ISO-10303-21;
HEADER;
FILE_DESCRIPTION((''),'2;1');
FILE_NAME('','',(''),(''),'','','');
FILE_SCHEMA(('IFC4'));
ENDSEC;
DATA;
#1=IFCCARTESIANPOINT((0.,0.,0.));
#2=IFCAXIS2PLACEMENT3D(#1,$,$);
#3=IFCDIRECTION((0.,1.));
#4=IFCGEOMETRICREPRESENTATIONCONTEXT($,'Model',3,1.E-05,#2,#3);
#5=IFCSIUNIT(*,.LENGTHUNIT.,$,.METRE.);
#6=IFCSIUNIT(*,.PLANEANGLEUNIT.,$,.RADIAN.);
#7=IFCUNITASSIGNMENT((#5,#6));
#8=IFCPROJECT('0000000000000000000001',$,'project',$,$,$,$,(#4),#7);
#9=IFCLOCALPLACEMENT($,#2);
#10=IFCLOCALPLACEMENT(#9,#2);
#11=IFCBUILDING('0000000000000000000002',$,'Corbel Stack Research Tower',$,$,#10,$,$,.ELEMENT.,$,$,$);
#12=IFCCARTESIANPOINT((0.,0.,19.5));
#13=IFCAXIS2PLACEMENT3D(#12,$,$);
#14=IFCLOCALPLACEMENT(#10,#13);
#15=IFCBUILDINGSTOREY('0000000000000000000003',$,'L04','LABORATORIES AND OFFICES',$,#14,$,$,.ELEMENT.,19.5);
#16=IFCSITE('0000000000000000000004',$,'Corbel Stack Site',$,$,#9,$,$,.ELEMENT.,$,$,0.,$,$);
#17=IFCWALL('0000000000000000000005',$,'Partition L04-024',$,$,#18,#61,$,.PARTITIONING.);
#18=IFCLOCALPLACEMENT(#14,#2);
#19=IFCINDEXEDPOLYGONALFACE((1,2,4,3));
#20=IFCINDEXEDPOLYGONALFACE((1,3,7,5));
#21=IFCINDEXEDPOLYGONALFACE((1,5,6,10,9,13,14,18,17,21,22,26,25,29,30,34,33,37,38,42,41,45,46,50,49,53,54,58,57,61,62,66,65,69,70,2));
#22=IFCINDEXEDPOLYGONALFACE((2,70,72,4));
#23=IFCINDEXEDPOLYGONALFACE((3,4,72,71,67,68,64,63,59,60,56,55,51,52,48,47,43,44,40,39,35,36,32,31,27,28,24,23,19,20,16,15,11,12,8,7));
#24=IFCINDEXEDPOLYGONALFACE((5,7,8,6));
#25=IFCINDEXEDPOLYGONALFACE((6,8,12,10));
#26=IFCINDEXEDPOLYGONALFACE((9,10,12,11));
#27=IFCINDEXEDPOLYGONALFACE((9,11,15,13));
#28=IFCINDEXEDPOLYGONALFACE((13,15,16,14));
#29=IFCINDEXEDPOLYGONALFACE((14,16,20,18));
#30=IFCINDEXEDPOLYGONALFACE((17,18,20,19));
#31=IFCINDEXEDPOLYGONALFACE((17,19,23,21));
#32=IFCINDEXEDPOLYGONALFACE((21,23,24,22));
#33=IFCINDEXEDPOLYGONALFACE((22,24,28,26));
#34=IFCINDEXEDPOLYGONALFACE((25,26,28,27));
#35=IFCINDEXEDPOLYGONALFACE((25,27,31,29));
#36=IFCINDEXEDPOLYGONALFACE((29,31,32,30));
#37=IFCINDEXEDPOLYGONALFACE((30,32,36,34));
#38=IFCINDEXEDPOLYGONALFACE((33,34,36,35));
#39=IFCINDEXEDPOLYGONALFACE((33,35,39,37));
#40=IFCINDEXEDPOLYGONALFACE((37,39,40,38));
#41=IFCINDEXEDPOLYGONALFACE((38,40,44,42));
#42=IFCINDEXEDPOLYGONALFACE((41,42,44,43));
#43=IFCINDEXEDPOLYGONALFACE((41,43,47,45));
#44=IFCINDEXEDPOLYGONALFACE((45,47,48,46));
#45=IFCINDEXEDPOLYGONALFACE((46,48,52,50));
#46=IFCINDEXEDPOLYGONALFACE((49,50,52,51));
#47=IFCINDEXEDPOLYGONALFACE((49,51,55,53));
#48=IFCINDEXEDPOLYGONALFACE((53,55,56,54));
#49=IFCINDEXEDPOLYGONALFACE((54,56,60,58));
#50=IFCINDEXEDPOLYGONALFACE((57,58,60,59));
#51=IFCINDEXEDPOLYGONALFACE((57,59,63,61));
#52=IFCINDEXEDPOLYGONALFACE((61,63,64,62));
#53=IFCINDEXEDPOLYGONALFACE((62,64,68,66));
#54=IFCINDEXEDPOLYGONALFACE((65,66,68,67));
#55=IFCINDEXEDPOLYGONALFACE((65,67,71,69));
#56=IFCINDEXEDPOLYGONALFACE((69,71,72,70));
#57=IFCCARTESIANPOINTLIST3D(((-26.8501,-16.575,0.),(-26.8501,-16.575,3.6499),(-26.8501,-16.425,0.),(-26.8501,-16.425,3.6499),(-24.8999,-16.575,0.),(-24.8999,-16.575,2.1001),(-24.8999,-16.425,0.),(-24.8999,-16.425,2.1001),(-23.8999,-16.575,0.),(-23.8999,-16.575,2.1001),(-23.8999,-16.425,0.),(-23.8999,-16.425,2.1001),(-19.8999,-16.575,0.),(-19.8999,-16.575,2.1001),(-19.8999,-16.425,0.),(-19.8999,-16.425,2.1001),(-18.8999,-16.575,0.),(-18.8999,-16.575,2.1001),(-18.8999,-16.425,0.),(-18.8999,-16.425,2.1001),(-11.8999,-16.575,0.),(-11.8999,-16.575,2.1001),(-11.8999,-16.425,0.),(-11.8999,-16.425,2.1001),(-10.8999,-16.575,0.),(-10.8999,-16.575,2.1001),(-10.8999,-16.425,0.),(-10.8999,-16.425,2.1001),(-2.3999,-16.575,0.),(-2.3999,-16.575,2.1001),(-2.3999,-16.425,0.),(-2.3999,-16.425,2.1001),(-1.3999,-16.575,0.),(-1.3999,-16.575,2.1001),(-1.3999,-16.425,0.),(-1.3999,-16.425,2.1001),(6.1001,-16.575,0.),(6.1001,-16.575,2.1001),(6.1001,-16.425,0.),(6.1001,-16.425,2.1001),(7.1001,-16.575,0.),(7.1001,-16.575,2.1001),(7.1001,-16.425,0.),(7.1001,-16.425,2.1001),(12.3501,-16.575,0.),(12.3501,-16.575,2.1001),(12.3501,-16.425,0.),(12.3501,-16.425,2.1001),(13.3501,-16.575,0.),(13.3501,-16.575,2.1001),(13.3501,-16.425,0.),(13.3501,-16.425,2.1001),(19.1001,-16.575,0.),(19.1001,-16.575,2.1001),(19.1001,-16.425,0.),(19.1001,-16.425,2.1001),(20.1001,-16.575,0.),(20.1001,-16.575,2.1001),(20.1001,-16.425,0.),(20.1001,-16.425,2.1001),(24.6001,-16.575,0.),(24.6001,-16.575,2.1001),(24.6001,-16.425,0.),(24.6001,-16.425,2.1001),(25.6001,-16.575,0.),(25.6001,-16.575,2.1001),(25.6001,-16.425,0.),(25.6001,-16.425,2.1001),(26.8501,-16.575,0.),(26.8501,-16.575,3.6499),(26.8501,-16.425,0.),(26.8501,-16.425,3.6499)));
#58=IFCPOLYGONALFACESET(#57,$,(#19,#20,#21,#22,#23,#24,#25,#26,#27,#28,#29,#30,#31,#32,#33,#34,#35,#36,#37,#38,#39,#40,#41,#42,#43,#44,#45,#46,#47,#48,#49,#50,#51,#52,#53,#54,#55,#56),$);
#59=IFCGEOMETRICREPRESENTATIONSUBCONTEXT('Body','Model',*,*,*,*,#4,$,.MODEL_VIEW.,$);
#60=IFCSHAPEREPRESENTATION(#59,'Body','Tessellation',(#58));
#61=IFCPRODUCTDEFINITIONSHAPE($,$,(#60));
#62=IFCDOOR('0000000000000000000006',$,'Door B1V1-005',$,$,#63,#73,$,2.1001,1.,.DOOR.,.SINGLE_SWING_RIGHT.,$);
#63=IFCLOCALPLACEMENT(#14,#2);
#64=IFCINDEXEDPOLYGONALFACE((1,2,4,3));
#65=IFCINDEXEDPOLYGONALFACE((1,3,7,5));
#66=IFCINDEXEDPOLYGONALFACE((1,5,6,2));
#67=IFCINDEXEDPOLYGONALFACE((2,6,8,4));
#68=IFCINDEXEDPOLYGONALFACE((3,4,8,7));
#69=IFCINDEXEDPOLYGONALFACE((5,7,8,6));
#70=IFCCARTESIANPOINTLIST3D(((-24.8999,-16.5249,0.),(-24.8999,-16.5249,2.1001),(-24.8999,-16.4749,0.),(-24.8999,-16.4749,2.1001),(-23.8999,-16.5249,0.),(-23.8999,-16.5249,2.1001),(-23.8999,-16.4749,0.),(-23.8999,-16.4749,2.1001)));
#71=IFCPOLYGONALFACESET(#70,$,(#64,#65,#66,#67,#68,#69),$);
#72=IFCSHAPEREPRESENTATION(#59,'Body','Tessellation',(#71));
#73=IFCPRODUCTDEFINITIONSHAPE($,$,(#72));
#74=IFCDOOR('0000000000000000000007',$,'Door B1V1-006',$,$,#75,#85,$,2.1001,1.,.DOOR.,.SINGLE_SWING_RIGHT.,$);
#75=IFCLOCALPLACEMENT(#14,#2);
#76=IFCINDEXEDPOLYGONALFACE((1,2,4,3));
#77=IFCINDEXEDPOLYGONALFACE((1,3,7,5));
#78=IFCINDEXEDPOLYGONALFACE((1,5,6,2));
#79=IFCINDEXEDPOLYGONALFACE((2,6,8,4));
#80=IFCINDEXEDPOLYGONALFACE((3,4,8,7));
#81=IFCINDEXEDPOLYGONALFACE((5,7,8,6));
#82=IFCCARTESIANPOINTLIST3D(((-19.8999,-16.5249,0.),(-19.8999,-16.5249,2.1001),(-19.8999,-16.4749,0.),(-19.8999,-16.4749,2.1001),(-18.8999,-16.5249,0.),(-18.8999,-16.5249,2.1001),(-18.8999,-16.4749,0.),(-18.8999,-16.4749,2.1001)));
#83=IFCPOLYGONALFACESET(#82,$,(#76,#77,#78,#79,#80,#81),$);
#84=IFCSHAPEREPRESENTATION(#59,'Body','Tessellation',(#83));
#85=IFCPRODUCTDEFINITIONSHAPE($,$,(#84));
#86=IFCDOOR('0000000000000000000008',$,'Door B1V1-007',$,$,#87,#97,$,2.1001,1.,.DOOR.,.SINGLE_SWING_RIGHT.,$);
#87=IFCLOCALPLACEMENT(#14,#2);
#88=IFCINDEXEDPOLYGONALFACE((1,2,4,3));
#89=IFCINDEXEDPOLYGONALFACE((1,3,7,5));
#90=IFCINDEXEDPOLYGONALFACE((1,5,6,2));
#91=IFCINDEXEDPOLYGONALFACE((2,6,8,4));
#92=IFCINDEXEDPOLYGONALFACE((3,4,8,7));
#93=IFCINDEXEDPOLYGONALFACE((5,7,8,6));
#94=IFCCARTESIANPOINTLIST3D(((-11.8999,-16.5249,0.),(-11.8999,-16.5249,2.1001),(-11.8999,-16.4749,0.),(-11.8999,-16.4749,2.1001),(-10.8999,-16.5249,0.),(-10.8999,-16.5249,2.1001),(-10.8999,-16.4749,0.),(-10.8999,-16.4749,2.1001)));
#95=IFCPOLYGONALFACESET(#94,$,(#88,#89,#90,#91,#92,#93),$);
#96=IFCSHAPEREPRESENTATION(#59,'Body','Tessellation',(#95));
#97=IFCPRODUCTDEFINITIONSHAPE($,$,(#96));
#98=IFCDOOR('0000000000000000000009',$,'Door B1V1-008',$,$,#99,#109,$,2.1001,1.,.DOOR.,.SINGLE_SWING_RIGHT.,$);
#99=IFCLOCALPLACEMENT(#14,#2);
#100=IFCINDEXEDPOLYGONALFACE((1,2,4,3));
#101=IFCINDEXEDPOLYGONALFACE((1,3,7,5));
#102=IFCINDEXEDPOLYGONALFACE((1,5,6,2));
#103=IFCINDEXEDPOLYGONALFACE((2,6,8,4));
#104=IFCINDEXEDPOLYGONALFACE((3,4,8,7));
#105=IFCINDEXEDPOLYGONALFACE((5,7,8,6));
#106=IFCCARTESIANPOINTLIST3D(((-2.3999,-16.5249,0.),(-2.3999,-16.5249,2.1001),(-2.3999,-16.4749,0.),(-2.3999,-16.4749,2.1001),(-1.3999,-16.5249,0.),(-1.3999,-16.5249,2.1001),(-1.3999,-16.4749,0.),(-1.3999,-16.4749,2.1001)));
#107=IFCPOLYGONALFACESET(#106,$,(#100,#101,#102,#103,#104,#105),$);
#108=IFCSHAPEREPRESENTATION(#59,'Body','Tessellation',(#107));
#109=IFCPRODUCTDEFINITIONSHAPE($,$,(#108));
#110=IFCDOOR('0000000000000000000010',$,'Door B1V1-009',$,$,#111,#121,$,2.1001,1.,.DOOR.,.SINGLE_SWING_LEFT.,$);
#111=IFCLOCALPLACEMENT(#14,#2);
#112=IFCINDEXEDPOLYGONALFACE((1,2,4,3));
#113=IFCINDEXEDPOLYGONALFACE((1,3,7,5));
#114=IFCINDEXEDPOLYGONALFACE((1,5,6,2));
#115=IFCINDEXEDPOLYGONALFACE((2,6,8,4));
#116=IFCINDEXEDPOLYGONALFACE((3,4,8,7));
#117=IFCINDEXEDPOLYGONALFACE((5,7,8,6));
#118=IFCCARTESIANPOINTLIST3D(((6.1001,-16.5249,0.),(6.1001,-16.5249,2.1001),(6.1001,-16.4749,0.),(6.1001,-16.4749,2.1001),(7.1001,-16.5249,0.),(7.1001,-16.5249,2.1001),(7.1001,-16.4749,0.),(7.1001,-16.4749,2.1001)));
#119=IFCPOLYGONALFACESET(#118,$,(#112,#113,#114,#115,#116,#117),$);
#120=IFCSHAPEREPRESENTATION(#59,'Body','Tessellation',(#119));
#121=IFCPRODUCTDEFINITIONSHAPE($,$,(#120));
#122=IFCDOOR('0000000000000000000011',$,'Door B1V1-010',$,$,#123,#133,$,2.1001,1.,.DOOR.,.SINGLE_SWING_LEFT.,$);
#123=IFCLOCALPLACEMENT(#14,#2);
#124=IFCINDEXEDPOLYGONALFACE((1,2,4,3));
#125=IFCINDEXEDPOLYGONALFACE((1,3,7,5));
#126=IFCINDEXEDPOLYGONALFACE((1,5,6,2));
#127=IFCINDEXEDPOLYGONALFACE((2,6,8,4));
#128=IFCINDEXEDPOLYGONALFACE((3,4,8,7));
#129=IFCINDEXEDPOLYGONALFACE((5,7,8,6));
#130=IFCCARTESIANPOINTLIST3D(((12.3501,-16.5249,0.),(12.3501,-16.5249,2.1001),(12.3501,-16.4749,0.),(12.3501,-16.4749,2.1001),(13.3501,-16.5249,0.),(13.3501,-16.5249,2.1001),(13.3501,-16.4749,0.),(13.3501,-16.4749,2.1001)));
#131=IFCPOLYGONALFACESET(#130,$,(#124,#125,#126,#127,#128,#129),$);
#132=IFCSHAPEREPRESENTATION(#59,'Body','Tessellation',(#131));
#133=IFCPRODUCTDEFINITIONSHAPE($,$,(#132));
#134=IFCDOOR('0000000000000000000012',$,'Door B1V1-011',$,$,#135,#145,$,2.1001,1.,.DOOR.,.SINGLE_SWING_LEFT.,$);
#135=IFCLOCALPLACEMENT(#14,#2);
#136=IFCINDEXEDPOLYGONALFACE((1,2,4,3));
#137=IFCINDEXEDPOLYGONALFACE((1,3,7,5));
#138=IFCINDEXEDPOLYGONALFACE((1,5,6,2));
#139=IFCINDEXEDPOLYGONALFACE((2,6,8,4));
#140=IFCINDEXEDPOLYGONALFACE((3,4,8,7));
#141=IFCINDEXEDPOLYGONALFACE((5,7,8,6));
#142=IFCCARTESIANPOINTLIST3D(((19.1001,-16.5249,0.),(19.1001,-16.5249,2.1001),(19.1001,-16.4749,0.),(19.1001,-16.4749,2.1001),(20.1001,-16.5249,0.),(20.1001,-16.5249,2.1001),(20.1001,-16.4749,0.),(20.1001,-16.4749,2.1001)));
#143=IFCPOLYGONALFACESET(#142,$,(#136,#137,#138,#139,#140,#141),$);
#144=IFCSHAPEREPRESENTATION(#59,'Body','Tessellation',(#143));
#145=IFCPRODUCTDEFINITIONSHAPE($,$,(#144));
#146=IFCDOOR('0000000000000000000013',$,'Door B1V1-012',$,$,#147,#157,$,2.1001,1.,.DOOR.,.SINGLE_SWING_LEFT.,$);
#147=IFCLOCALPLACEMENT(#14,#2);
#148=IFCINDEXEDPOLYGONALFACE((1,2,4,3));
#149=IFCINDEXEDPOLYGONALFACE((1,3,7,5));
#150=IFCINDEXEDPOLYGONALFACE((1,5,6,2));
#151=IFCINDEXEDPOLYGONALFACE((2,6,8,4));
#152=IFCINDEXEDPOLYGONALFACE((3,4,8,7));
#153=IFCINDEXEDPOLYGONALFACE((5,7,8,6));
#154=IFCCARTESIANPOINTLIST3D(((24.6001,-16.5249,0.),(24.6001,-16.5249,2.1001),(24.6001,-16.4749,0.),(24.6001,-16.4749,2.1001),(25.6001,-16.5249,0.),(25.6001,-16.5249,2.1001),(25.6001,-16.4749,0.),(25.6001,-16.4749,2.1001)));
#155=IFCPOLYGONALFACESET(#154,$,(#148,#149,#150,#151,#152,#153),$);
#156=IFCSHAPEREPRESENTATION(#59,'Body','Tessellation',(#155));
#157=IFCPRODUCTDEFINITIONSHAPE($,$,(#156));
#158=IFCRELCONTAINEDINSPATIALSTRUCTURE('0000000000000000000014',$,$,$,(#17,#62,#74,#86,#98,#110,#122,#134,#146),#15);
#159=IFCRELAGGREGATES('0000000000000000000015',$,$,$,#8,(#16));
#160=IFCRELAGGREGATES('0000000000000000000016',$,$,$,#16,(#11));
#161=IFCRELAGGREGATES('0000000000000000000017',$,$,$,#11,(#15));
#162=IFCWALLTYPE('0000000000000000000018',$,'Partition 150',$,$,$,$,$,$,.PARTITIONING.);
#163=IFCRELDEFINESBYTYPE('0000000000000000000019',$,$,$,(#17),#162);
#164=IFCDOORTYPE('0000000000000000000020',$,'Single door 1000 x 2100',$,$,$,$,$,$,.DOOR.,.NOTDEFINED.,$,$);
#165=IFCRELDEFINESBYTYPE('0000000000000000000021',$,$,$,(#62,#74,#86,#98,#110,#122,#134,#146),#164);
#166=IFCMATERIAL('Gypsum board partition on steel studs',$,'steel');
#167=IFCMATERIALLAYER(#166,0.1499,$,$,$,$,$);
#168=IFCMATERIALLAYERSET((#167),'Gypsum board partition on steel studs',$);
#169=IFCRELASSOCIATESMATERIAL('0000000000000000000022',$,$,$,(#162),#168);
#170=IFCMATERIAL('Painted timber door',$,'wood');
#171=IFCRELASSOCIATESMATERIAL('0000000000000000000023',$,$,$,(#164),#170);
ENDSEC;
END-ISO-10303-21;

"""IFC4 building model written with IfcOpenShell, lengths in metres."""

from ifc_helpers import new_model, si_unit, direction, frame, frame_2d, origin, place, context, subcontext, project, spatial, rectangle, extrude, material, layer, layer_set, type_object, element, fill, save


model = new_model("IFC4")

# Units and contexts
model_context = context("Model", 3, precision=1e-05, world=origin(), true_north=direction((0.0, 1.0)))
body_context = subcontext(model_context, "Body", "Model", "MODEL_VIEW")
ifc_project = project(units=[si_unit("LENGTHUNIT", "METRE"), si_unit("PLANEANGLEUNIT", "RADIAN")], contexts=[model_context])

# Site, building, storey
site_placement = place(None, origin())
site = spatial("IfcSite", under=ifc_project, at=site_placement, Name="Corbel Stack Site", CompositionType="ELEMENT", RefElevation=0.0)
building_placement = place(site_placement, origin())
building = spatial("IfcBuilding", under=site, at=building_placement, Name="Corbel Stack Research Tower", CompositionType="ELEMENT")
storey_placement = place(building_placement, frame((0.0, 0.0, 19.5)))
storey = spatial("IfcBuildingStorey", under=building, at=storey_placement, Name="L04", Description="LABORATORIES AND OFFICES", CompositionType="ELEMENT", Elevation=19.5)

# Wall, openings, doors
ifc_material_1 = material(Name="Gypsum board partition on steel studs", Category="steel")
ifc_layer_1 = layer(ifc_material_1, 0.1499)
ifc_layer_set_1 = layer_set([ifc_layer_1], Name="Gypsum board partition on steel studs")
wall_type_1 = type_object("IfcWallType", Name="Partition 150", PredefinedType="PARTITIONING", material=ifc_layer_set_1)
wall_1_placement = place(storey_placement, frame((26.8501, -16.5, 0.0), z_axis=(0.0, 0.0, 1.0), x_axis=(-1.0, 0.0, 0.0)))
wall_1 = element("IfcWall", 1, at=wall_1_placement, inside=storey, type_object=wall_type_1, Name="Partition L04-024", PredefinedType="PARTITIONING", context=body_context, shape_type="SweptSolid", body=[
    extrude(rectangle(XDim=53.7002, YDim=0.1499, at=frame_2d((26.8501, 0.0))), origin(), (0.0, 0.0, 1.0), 3.6499),
])
opening_1_placement = place(wall_1_placement, frame((50.75, 0.0, 0.0)))
opening_1 = element("IfcOpeningElement", 2, at=opening_1_placement, cuts=wall_1, PredefinedType="OPENING", context=body_context, shape_type="SweptSolid", body=[
    extrude(rectangle(XDim=1.0, YDim=2.1001, at=frame_2d((0.5, 1.05))), frame((0.0, 0.085, 0.0), z_axis=(0.0, -1.0, 0.0), x_axis=(1.0, 0.0, 0.0)), (0.0, 0.0, 1.0), 0.1699),
])
opening_2_placement = place(wall_1_placement, frame((45.75, 0.0, 0.0)))
opening_2 = element("IfcOpeningElement", 3, at=opening_2_placement, cuts=wall_1, PredefinedType="OPENING", context=body_context, shape_type="SweptSolid", body=[
    extrude(rectangle(XDim=1.0, YDim=2.1001, at=frame_2d((0.5, 1.05))), frame((0.0, 0.085, 0.0), z_axis=(0.0, -1.0, 0.0), x_axis=(1.0, 0.0, 0.0)), (0.0, 0.0, 1.0), 0.1699),
])
opening_3_placement = place(wall_1_placement, frame((37.75, 0.0, 0.0)))
opening_3 = element("IfcOpeningElement", 4, at=opening_3_placement, cuts=wall_1, PredefinedType="OPENING", context=body_context, shape_type="SweptSolid", body=[
    extrude(rectangle(XDim=1.0, YDim=2.1001, at=frame_2d((0.5, 1.05))), frame((0.0, 0.085, 0.0), z_axis=(0.0, -1.0, 0.0), x_axis=(1.0, 0.0, 0.0)), (0.0, 0.0, 1.0), 0.1699),
])
opening_4_placement = place(wall_1_placement, frame((28.25, 0.0, 0.0)))
opening_4 = element("IfcOpeningElement", 5, at=opening_4_placement, cuts=wall_1, PredefinedType="OPENING", context=body_context, shape_type="SweptSolid", body=[
    extrude(rectangle(XDim=1.0, YDim=2.1001, at=frame_2d((0.5, 1.05))), frame((0.0, 0.085, 0.0), z_axis=(0.0, -1.0, 0.0), x_axis=(1.0, 0.0, 0.0)), (0.0, 0.0, 1.0), 0.1699),
])
opening_5_placement = place(wall_1_placement, frame((19.75, 0.0, 0.0)))
opening_5 = element("IfcOpeningElement", 6, at=opening_5_placement, cuts=wall_1, PredefinedType="OPENING", context=body_context, shape_type="SweptSolid", body=[
    extrude(rectangle(XDim=1.0, YDim=2.1001, at=frame_2d((0.5, 1.05))), frame((0.0, 0.085, 0.0), z_axis=(0.0, -1.0, 0.0), x_axis=(1.0, 0.0, 0.0)), (0.0, 0.0, 1.0), 0.1699),
])
opening_6_placement = place(wall_1_placement, frame((13.5, 0.0, 0.0)))
opening_6 = element("IfcOpeningElement", 7, at=opening_6_placement, cuts=wall_1, PredefinedType="OPENING", context=body_context, shape_type="SweptSolid", body=[
    extrude(rectangle(XDim=1.0, YDim=2.1001, at=frame_2d((0.5, 1.05))), frame((0.0, 0.085, 0.0), z_axis=(0.0, -1.0, 0.0), x_axis=(1.0, 0.0, 0.0)), (0.0, 0.0, 1.0), 0.1699),
])
opening_7_placement = place(wall_1_placement, frame((6.75, 0.0, 0.0)))
opening_7 = element("IfcOpeningElement", 8, at=opening_7_placement, cuts=wall_1, PredefinedType="OPENING", context=body_context, shape_type="SweptSolid", body=[
    extrude(rectangle(XDim=1.0, YDim=2.1001, at=frame_2d((0.5, 1.05))), frame((0.0, 0.085, 0.0), z_axis=(0.0, -1.0, 0.0), x_axis=(1.0, 0.0, 0.0)), (0.0, 0.0, 1.0), 0.1699),
])
opening_8_placement = place(wall_1_placement, frame((1.25, 0.0, 0.0)))
opening_8 = element("IfcOpeningElement", 9, at=opening_8_placement, cuts=wall_1, PredefinedType="OPENING", context=body_context, shape_type="SweptSolid", body=[
    extrude(rectangle(XDim=1.0, YDim=2.1001, at=frame_2d((0.5, 1.05))), frame((0.0, 0.085, 0.0), z_axis=(0.0, -1.0, 0.0), x_axis=(1.0, 0.0, 0.0)), (0.0, 0.0, 1.0), 0.1699),
])
ifc_material_2 = material(Name="Painted timber door", Category="wood")
door_type_1 = type_object("IfcDoorType", Name="Single door 1000 x 2100", OperationType="NOTDEFINED", PredefinedType="DOOR", material=ifc_material_2)
door_1_placement = place(opening_1_placement, origin())
door_1 = element("IfcDoor", 10, at=door_1_placement, inside=storey, type_object=door_type_1, Name="Door B1V1-005", OperationType="SINGLE_SWING_RIGHT", OverallHeight=2.1001, OverallWidth=1.0, PredefinedType="DOOR", context=body_context, shape_type="SweptSolid", body=[
    extrude(rectangle(XDim=1.0, YDim=2.1001, at=frame_2d((0.5, 1.05))), frame((0.0, 0.0249, 0.0), z_axis=(0.0, -1.0, 0.0), x_axis=(1.0, 0.0, 0.0)), (0.0, 0.0, 1.0), 0.05),
])
fill(opening_1, door_1)
door_2_placement = place(opening_2_placement, origin())
door_2 = element("IfcDoor", 11, at=door_2_placement, inside=storey, type_object=door_type_1, Name="Door B1V1-006", OperationType="SINGLE_SWING_RIGHT", OverallHeight=2.1001, OverallWidth=1.0, PredefinedType="DOOR", context=body_context, shape_type="SweptSolid", body=[
    extrude(rectangle(XDim=1.0, YDim=2.1001, at=frame_2d((0.5, 1.05))), frame((0.0, 0.0249, 0.0), z_axis=(0.0, -1.0, 0.0), x_axis=(1.0, 0.0, 0.0)), (0.0, 0.0, 1.0), 0.05),
])
fill(opening_2, door_2)
door_3_placement = place(opening_3_placement, origin())
door_3 = element("IfcDoor", 12, at=door_3_placement, inside=storey, type_object=door_type_1, Name="Door B1V1-007", OperationType="SINGLE_SWING_RIGHT", OverallHeight=2.1001, OverallWidth=1.0, PredefinedType="DOOR", context=body_context, shape_type="SweptSolid", body=[
    extrude(rectangle(XDim=1.0, YDim=2.1001, at=frame_2d((0.5, 1.05))), frame((0.0, 0.0249, 0.0), z_axis=(0.0, -1.0, 0.0), x_axis=(1.0, 0.0, 0.0)), (0.0, 0.0, 1.0), 0.05),
])
fill(opening_3, door_3)
door_4_placement = place(opening_4_placement, origin())
door_4 = element("IfcDoor", 13, at=door_4_placement, inside=storey, type_object=door_type_1, Name="Door B1V1-008", OperationType="SINGLE_SWING_RIGHT", OverallHeight=2.1001, OverallWidth=1.0, PredefinedType="DOOR", context=body_context, shape_type="SweptSolid", body=[
    extrude(rectangle(XDim=1.0, YDim=2.1001, at=frame_2d((0.5, 1.05))), frame((0.0, 0.0249, 0.0), z_axis=(0.0, -1.0, 0.0), x_axis=(1.0, 0.0, 0.0)), (0.0, 0.0, 1.0), 0.05),
])
fill(opening_4, door_4)
door_5_placement = place(opening_5_placement, origin())
door_5 = element("IfcDoor", 14, at=door_5_placement, inside=storey, type_object=door_type_1, Name="Door B1V1-009", OperationType="SINGLE_SWING_LEFT", OverallHeight=2.1001, OverallWidth=1.0, PredefinedType="DOOR", context=body_context, shape_type="SweptSolid", body=[
    extrude(rectangle(XDim=1.0, YDim=2.1001, at=frame_2d((0.5, 1.05))), frame((0.0, 0.0249, 0.0), z_axis=(0.0, -1.0, 0.0), x_axis=(1.0, 0.0, 0.0)), (0.0, 0.0, 1.0), 0.05),
])
fill(opening_5, door_5)
door_6_placement = place(opening_6_placement, origin())
door_6 = element("IfcDoor", 15, at=door_6_placement, inside=storey, type_object=door_type_1, Name="Door B1V1-010", OperationType="SINGLE_SWING_LEFT", OverallHeight=2.1001, OverallWidth=1.0, PredefinedType="DOOR", context=body_context, shape_type="SweptSolid", body=[
    extrude(rectangle(XDim=1.0, YDim=2.1001, at=frame_2d((0.5, 1.05))), frame((0.0, 0.0249, 0.0), z_axis=(0.0, -1.0, 0.0), x_axis=(1.0, 0.0, 0.0)), (0.0, 0.0, 1.0), 0.05),
])
fill(opening_6, door_6)
door_7_placement = place(opening_7_placement, origin())
door_7 = element("IfcDoor", 16, at=door_7_placement, inside=storey, type_object=door_type_1, Name="Door B1V1-011", OperationType="SINGLE_SWING_LEFT", OverallHeight=2.1001, OverallWidth=1.0, PredefinedType="DOOR", context=body_context, shape_type="SweptSolid", body=[
    extrude(rectangle(XDim=1.0, YDim=2.1001, at=frame_2d((0.5, 1.05))), frame((0.0, 0.0249, 0.0), z_axis=(0.0, -1.0, 0.0), x_axis=(1.0, 0.0, 0.0)), (0.0, 0.0, 1.0), 0.05),
])
fill(opening_7, door_7)
door_8_placement = place(opening_8_placement, origin())
door_8 = element("IfcDoor", 17, at=door_8_placement, inside=storey, type_object=door_type_1, Name="Door B1V1-012", OperationType="SINGLE_SWING_LEFT", OverallHeight=2.1001, OverallWidth=1.0, PredefinedType="DOOR", context=body_context, shape_type="SweptSolid", body=[
    extrude(rectangle(XDim=1.0, YDim=2.1001, at=frame_2d((0.5, 1.05))), frame((0.0, 0.0249, 0.0), z_axis=(0.0, -1.0, 0.0), x_axis=(1.0, 0.0, 0.0)), (0.0, 0.0, 1.0), 0.05),
])
fill(opening_8, door_8)

save(model, "model.ifc")
